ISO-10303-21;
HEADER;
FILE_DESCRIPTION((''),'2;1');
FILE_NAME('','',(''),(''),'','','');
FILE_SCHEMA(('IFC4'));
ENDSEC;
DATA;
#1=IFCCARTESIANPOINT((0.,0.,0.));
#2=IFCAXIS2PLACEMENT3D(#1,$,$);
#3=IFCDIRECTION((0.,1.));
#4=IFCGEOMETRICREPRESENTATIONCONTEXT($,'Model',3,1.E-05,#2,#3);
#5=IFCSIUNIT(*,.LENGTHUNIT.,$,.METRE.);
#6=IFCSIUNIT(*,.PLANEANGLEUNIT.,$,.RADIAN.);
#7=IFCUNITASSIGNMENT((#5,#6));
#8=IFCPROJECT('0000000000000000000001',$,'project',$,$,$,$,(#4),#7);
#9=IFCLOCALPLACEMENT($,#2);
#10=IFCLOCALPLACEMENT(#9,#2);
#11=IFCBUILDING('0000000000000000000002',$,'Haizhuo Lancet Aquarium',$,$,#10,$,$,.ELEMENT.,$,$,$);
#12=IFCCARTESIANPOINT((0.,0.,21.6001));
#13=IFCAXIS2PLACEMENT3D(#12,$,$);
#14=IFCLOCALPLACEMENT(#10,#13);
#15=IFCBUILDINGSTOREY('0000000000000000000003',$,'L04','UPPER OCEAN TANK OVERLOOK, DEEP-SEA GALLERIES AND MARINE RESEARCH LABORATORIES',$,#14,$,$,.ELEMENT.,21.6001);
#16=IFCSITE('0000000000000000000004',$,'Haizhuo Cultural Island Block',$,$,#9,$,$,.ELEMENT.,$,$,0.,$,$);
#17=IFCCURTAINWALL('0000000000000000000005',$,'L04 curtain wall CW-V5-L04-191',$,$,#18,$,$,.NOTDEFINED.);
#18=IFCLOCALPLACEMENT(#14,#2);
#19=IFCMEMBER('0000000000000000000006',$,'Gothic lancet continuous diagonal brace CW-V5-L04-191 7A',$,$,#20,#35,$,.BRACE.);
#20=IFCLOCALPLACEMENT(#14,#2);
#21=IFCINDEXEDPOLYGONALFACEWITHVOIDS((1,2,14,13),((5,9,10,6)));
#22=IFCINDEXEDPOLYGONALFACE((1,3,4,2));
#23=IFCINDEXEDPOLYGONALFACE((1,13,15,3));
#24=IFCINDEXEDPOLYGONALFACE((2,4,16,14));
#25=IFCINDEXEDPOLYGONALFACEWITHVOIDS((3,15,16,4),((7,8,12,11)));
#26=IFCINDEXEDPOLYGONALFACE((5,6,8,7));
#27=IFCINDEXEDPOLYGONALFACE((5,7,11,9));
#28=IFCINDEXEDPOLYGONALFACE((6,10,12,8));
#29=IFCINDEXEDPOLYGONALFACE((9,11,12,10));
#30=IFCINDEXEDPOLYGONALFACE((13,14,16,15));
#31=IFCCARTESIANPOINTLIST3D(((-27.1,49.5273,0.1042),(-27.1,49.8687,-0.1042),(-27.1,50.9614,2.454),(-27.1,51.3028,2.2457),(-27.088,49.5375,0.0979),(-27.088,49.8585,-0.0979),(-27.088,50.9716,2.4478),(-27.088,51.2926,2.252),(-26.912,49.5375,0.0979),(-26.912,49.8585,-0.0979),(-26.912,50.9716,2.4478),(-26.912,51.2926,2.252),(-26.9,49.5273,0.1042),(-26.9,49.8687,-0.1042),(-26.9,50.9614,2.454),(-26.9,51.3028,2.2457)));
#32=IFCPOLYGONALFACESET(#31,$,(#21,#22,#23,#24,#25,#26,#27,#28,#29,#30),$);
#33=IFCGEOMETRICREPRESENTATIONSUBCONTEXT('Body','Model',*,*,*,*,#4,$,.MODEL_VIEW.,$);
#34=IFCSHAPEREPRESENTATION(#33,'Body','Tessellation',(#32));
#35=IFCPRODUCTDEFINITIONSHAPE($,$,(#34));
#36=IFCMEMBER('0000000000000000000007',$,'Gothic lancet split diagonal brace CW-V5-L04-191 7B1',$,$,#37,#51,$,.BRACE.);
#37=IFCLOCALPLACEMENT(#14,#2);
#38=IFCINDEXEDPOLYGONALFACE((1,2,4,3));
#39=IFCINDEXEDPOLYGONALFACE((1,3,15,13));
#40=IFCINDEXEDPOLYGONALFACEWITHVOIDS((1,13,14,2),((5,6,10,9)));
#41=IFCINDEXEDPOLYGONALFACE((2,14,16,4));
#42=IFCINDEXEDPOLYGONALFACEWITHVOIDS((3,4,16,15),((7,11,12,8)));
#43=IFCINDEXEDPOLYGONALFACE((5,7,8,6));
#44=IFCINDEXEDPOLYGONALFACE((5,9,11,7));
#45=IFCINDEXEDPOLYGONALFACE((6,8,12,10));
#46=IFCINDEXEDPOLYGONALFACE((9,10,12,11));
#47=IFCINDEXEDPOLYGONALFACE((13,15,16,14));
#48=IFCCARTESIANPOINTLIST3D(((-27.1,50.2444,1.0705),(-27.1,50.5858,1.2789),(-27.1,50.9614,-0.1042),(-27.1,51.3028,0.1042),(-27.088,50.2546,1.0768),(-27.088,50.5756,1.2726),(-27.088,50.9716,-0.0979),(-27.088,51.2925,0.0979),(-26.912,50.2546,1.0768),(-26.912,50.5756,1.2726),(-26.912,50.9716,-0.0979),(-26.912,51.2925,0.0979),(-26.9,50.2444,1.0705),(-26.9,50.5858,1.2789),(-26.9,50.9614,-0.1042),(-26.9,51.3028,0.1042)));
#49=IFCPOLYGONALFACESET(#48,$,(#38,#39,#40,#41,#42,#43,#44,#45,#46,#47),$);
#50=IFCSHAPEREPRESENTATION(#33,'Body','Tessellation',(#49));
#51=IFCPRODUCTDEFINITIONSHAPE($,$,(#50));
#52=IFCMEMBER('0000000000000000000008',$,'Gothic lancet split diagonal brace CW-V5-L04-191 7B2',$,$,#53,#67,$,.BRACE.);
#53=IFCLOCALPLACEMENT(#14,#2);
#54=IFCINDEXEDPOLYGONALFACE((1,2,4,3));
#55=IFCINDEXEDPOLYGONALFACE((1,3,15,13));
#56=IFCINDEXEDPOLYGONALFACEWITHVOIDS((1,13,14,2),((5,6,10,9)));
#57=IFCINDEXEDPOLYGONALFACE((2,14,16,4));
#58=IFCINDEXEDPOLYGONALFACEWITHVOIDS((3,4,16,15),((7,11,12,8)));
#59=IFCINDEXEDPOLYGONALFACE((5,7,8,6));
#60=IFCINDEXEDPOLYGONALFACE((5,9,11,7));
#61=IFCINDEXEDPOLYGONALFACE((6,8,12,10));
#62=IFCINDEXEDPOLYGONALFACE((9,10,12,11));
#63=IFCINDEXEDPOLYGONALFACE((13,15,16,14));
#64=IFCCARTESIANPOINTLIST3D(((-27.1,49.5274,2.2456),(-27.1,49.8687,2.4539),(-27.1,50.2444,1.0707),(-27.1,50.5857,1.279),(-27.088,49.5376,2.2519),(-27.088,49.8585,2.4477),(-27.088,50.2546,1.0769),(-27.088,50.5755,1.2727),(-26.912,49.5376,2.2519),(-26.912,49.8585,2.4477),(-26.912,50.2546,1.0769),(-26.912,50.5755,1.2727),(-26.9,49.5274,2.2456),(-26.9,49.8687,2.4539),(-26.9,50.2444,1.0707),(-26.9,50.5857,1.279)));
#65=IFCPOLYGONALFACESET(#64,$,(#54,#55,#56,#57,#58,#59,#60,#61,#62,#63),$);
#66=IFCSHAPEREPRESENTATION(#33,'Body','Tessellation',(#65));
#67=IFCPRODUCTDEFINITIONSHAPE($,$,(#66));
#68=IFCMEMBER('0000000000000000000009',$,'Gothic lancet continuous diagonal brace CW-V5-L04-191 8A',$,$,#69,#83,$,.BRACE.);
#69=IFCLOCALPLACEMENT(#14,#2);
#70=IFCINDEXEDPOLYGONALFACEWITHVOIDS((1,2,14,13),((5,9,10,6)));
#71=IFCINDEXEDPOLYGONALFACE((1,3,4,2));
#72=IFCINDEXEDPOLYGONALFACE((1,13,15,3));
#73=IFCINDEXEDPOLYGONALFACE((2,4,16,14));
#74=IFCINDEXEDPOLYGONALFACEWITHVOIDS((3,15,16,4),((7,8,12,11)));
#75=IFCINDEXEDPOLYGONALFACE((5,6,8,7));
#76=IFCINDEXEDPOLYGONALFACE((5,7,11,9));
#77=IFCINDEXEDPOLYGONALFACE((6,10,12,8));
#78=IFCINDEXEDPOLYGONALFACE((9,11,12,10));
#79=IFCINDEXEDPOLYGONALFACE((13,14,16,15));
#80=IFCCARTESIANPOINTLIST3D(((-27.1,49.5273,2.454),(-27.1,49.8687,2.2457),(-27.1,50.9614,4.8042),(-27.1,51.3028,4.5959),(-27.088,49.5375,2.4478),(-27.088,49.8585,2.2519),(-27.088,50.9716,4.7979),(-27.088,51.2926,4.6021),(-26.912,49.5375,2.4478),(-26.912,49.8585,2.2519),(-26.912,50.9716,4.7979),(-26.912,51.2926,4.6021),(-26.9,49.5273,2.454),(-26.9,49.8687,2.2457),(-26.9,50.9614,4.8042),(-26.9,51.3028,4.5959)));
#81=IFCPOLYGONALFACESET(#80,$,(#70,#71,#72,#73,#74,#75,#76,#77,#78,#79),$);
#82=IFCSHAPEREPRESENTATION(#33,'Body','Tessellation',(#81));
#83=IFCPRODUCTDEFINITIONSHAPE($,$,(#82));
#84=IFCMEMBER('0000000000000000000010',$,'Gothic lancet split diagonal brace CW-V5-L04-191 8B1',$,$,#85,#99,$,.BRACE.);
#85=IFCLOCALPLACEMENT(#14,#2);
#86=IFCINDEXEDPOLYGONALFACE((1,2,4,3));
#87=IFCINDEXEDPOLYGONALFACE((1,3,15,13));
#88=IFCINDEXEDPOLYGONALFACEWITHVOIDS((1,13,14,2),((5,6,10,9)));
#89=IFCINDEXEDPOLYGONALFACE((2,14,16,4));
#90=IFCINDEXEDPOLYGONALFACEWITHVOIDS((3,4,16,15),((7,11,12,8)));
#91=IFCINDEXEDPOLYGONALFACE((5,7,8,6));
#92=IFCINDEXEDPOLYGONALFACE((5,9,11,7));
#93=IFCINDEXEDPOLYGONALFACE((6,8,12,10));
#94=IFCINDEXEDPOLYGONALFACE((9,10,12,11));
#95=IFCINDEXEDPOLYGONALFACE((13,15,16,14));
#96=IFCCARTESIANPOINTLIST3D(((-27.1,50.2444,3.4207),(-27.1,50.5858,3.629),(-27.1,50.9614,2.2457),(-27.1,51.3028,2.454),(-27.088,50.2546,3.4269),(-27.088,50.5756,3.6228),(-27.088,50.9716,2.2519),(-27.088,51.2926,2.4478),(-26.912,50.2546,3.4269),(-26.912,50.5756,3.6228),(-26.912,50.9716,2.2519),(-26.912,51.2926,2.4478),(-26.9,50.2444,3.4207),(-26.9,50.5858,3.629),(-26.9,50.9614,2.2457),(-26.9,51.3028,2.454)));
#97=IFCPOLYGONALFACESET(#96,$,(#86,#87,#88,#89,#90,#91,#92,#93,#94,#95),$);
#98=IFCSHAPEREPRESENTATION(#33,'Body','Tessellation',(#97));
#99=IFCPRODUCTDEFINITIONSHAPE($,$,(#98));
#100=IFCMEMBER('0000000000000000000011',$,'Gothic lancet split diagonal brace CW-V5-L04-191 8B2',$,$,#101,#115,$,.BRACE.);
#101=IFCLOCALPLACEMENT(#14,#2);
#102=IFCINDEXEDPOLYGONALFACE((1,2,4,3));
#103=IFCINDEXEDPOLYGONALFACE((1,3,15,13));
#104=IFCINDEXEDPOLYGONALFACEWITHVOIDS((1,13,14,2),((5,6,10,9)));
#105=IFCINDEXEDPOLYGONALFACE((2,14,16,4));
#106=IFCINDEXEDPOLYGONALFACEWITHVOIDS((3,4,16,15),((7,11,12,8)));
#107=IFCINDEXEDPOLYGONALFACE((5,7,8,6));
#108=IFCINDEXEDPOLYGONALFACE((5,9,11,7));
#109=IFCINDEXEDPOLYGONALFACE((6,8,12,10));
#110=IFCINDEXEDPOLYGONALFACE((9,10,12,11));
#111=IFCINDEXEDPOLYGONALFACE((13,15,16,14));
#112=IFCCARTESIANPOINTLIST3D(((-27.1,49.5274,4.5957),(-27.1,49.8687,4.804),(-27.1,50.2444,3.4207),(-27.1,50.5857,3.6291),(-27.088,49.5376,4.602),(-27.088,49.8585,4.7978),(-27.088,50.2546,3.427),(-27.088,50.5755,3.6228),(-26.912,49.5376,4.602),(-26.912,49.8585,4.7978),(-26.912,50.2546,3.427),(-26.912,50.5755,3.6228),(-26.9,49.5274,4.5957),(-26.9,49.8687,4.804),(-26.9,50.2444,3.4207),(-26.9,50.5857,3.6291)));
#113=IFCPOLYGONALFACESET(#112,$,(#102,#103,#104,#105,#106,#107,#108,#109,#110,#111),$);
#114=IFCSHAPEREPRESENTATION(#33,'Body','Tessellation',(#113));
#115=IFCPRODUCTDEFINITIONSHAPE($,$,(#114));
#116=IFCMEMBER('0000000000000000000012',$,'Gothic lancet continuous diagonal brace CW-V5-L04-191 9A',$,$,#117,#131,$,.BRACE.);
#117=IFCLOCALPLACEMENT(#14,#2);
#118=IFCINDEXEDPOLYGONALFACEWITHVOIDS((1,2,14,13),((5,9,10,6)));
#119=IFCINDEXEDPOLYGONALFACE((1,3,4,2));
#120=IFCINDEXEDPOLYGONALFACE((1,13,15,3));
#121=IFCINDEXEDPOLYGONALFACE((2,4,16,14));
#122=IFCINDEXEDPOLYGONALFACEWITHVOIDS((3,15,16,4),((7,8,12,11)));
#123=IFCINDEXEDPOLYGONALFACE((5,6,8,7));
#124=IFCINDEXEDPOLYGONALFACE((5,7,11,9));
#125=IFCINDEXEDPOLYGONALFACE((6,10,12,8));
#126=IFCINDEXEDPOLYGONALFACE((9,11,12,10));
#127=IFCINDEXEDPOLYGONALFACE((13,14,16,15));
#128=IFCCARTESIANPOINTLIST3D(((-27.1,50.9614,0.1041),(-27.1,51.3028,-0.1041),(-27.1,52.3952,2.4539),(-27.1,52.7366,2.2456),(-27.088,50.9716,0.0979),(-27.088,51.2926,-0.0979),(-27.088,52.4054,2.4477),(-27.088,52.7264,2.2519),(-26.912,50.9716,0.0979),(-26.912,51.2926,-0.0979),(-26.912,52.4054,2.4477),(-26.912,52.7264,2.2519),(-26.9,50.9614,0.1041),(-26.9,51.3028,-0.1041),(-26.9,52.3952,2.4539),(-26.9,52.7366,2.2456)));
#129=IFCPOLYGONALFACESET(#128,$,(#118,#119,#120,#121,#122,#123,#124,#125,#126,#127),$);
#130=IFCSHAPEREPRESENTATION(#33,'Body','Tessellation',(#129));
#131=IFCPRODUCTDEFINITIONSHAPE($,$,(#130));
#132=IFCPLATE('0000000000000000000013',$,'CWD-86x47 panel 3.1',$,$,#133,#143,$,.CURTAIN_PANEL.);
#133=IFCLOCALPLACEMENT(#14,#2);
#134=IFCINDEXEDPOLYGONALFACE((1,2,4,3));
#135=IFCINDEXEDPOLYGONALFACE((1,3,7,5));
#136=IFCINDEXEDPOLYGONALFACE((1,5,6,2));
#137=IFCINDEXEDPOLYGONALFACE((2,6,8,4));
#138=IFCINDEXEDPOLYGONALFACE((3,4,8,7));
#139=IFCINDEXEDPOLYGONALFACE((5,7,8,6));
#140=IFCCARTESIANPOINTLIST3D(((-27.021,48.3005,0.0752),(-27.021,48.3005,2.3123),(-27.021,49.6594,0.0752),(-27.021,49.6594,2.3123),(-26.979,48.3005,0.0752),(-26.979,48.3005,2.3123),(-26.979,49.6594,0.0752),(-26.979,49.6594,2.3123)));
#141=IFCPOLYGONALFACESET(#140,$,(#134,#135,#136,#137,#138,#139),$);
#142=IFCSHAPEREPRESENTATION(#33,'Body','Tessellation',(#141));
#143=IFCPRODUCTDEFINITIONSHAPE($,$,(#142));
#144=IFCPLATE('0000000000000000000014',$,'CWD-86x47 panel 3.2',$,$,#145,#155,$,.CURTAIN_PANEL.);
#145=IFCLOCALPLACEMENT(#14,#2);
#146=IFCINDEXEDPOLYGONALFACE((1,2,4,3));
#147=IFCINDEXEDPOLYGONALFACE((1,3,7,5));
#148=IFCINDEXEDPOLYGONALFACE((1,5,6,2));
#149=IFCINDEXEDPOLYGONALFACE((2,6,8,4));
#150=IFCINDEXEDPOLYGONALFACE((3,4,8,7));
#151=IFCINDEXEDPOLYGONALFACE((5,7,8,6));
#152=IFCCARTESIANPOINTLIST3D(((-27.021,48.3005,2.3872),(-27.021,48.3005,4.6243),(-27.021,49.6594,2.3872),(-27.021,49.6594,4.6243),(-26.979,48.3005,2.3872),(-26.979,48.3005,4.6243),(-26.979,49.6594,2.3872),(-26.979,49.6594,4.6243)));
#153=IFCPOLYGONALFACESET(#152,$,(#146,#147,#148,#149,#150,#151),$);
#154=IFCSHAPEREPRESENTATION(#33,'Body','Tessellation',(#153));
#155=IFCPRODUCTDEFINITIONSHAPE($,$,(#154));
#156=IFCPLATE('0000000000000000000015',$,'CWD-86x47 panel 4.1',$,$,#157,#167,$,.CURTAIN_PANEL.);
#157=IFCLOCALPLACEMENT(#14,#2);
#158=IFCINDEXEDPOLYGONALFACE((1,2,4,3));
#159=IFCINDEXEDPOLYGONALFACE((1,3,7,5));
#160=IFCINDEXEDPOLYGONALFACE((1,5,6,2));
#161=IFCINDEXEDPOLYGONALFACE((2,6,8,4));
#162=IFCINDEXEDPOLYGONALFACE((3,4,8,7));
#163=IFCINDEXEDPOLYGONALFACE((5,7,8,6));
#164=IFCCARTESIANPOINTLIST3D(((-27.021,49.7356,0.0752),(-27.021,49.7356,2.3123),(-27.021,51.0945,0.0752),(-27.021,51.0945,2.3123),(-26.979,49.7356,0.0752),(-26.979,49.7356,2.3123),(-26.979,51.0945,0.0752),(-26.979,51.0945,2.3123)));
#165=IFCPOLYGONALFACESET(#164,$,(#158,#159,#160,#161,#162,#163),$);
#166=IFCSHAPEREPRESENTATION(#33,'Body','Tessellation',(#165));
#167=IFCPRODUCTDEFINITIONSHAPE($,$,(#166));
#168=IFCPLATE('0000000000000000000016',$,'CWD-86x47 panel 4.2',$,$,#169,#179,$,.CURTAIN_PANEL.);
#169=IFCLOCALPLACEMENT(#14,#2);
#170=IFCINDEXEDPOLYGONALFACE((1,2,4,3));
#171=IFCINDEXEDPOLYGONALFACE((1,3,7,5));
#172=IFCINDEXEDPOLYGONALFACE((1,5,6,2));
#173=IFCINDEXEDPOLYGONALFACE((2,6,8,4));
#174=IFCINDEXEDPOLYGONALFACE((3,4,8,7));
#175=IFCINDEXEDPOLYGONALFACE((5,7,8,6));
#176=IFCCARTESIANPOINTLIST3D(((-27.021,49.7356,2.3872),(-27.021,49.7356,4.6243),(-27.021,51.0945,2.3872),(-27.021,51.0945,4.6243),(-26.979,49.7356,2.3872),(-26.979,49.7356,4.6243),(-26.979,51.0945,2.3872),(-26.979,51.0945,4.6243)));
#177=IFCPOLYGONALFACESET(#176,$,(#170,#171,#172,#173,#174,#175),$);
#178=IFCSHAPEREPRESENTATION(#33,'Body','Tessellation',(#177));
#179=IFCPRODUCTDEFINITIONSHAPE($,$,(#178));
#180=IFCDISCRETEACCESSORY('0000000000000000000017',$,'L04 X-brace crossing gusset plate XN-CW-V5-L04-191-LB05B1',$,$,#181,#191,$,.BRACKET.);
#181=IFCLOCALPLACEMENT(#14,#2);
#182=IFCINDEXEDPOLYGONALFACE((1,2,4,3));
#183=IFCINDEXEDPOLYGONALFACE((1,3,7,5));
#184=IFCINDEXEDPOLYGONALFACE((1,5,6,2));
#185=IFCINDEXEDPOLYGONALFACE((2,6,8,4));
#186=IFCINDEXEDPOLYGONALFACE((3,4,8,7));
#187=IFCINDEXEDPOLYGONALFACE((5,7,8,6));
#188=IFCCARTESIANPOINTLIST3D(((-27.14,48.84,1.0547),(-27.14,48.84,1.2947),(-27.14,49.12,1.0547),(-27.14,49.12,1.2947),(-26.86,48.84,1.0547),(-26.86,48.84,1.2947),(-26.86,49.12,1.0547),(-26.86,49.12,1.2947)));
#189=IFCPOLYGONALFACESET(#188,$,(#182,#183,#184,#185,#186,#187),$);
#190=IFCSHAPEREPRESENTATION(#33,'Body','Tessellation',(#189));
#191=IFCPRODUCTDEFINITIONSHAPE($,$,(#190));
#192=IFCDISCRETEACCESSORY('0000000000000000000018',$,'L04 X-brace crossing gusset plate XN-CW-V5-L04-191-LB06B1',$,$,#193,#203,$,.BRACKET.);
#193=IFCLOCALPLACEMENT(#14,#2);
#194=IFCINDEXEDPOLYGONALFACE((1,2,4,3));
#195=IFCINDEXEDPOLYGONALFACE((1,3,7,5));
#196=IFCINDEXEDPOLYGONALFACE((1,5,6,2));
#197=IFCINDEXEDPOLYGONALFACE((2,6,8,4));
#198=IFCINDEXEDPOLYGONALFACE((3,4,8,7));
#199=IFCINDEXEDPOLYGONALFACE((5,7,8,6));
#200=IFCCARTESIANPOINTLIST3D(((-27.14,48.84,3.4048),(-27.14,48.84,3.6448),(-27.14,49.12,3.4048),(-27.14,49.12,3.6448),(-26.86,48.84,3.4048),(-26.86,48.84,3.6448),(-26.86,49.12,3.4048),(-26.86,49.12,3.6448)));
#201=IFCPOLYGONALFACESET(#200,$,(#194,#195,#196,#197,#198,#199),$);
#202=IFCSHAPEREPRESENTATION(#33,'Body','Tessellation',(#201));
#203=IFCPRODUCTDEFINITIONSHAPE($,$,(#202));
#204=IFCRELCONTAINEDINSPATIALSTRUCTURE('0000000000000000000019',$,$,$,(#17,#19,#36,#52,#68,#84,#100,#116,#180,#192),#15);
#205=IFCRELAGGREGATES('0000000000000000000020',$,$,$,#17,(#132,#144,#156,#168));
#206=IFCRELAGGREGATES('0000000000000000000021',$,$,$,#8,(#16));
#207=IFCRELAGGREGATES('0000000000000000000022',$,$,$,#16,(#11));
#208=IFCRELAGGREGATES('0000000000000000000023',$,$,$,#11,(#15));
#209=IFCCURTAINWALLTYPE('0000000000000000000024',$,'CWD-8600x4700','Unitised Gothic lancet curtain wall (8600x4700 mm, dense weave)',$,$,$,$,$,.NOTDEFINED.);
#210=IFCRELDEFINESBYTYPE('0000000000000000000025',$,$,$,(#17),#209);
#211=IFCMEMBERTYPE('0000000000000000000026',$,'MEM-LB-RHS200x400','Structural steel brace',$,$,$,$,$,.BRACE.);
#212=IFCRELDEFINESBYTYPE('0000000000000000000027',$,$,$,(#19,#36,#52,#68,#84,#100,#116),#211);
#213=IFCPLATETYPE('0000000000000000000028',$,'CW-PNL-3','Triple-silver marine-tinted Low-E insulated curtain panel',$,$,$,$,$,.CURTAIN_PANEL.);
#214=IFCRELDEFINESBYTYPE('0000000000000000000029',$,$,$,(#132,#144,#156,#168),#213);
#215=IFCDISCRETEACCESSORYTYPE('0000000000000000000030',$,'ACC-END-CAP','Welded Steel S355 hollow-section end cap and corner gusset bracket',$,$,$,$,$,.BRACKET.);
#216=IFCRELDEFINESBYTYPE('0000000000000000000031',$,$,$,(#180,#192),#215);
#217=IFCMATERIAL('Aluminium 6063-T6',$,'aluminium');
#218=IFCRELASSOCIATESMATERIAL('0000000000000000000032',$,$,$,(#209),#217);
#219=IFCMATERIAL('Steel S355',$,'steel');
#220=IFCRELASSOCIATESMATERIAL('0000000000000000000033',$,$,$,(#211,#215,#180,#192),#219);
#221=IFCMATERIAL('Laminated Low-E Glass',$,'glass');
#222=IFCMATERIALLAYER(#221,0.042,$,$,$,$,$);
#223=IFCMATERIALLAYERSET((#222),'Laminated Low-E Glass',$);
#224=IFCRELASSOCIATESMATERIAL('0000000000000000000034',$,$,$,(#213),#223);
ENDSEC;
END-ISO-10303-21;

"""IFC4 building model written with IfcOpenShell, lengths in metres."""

from ifc_helpers import new_model, si_unit, direction, frame, origin, origin_2d, place, context, subcontext, project, spatial, rectangle, hollow_rectangle, extrude, material, layer, layer_set, material_profile, profile_set, type_object, element, aggregate, save


model = new_model("IFC4")

# Units and contexts
model_context = context("Model", 3, precision=1e-05, world=origin(), true_north=direction((0.0, 1.0)))
body_context = subcontext(model_context, "Body", "Model", "MODEL_VIEW")
ifc_project = project(units=[si_unit("LENGTHUNIT", "METRE"), si_unit("PLANEANGLEUNIT", "RADIAN")], contexts=[model_context])

# Site, building, storey
site_placement = place(None, origin())
site = spatial("IfcSite", under=ifc_project, at=site_placement, Name="Haizhuo Cultural Island Block", CompositionType="ELEMENT", RefElevation=0.0)
building_placement = place(site_placement, origin())
building = spatial("IfcBuilding", under=site, at=building_placement, Name="Haizhuo Lancet Aquarium", CompositionType="ELEMENT")
storey_placement = place(building_placement, frame((0.0, 0.0, 21.6001)))
storey = spatial("IfcBuildingStorey", under=building, at=storey_placement, Name="L04", Description="UPPER OCEAN TANK OVERLOOK, DEEP-SEA GALLERIES AND MARINE RESEARCH LABORATORIES", CompositionType="ELEMENT", Elevation=21.6001)

# Curtain wall
ifc_material_1 = material(Name="Aluminium 6063-T6", Category="aluminium")
curtain_wall_type = type_object("IfcCurtainWallType", Name="CWD-8600x4700", Description="Unitised Gothic lancet curtain wall (8600x4700 mm, dense weave)", PredefinedType="NOTDEFINED", material=ifc_material_1)
curtain_wall_placement = place(storey_placement, origin())
curtain_wall = element("IfcCurtainWall", 1, at=curtain_wall_placement, inside=storey, type_object=curtain_wall_type, Name="L04 curtain wall CW-V5-L04-191", PredefinedType="NOTDEFINED")

# Members
ifc_material_2 = material(Name="Steel S355", Category="steel")
ifc_material_profile_1 = material_profile(ifc_material_2, hollow_rectangle(XDim=0.2, YDim=0.3999, WallThickness=0.012, at=origin_2d()), Name="RHS 200x400x12")
ifc_profile_set_1 = profile_set([ifc_material_profile_1], Name="Steel S355")
member_type_1 = type_object("IfcMemberType", Name="MEM-LB-RHS200x400", Description="Structural steel brace", PredefinedType="BRACE", material=ifc_profile_set_1)
member_1_placement = place(storey_placement, frame((-27.0, 49.698, 0.0), z_axis=(0.0, 0.520937, 0.853595), x_axis=(-1.0, 0.0, 0.0)))
element("IfcMember", 2, at=member_1_placement, inside=storey, type_object=member_type_1, Name="Gothic lancet continuous diagonal brace CW-V5-L04-191 7A", PredefinedType="BRACE", context=body_context, shape_type="SweptSolid", body=[
    extrude(hollow_rectangle(XDim=0.2, YDim=0.3999, WallThickness=0.012, at=origin_2d()), origin(), (0.0, 0.0, 1.0), 2.7529),
])
member_2_placement = place(storey_placement, frame((-27.0, 51.1321, 0.0), z_axis=(0.0, -0.520976, 0.853571), x_axis=(1.0, 0.0, 0.0)))
element("IfcMember", 3, at=member_2_placement, inside=storey, type_object=member_type_1, Name="Gothic lancet split diagonal brace CW-V5-L04-191 7B1", PredefinedType="BRACE", context=body_context, shape_type="SweptSolid", body=[
    extrude(hollow_rectangle(XDim=0.2, YDim=0.3999, WallThickness=0.012, at=origin_2d()), origin(), (0.0, 0.0, 1.0), 1.3762),
])
member_3_placement = place(storey_placement, frame((-27.0, 50.415, 1.1748), z_axis=(0.0, -0.520898, 0.853619), x_axis=(1.0, 0.0, 0.0)))
element("IfcMember", 4, at=member_3_placement, inside=storey, type_object=member_type_1, Name="Gothic lancet split diagonal brace CW-V5-L04-191 7B2", PredefinedType="BRACE", context=body_context, shape_type="SweptSolid", body=[
    extrude(hollow_rectangle(XDim=0.2, YDim=0.3999, WallThickness=0.012, at=origin_2d()), origin(), (0.0, 0.0, 1.0), 1.3765),
])
member_4_placement = place(storey_placement, frame((-27.0, 49.698, 2.3499), z_axis=(0.0, 0.520898, 0.853619), x_axis=(-1.0, 0.0, 0.0)))
element("IfcMember", 5, at=member_4_placement, inside=storey, type_object=member_type_1, Name="Gothic lancet continuous diagonal brace CW-V5-L04-191 8A", PredefinedType="BRACE", context=body_context, shape_type="SweptSolid", body=[
    extrude(hollow_rectangle(XDim=0.2, YDim=0.3999, WallThickness=0.012, at=origin_2d()), origin(), (0.0, 0.0, 1.0), 2.7532),
])
for number, where, z_axis, x_axis, name in (
    (6, (-27.0, 51.1321, 2.3499), (0.0, -0.520898, 0.853619), (1.0, 0.0, 0.0), "Gothic lancet split diagonal brace CW-V5-L04-191 8B1"),
    (7, (-27.0, 50.415, 3.5249), (0.0, -0.520898, 0.853619), (1.0, 0.0, 0.0), "Gothic lancet split diagonal brace CW-V5-L04-191 8B2"),
):
    element("IfcMember", number, at=place(storey_placement, frame(where, z_axis=z_axis, x_axis=x_axis)), inside=storey, type_object=member_type_1, Name=name, PredefinedType="BRACE", context=body_context, shape_type="SweptSolid", body=[
        extrude(hollow_rectangle(XDim=0.2, YDim=0.3999, WallThickness=0.012, at=origin_2d()), origin(), (0.0, 0.0, 1.0), 1.3765),
    ])
member_5_placement = place(storey_placement, frame((-27.0, 51.1321, 0.0), z_axis=(0.0, 0.520872, 0.853635), x_axis=(-1.0, 0.0, 0.0)))
element("IfcMember", 8, at=member_5_placement, inside=storey, type_object=member_type_1, Name="Gothic lancet continuous diagonal brace CW-V5-L04-191 9A", PredefinedType="BRACE", context=body_context, shape_type="SweptSolid", body=[
    extrude(hollow_rectangle(XDim=0.2, YDim=0.3999, WallThickness=0.012, at=origin_2d()), origin(), (0.0, 0.0, 1.0), 2.7527),
])

# Plates
ifc_material_3 = material(Name="Laminated Low-E Glass", Category="glass")
ifc_layer = layer(ifc_material_3, 0.042)
ifc_layer_set = layer_set([ifc_layer], Name="Laminated Low-E Glass")
plate_type = type_object("IfcPlateType", Name="CW-PNL-3", Description="Triple-silver marine-tinted Low-E insulated curtain panel", PredefinedType="CURTAIN_PANEL", material=ifc_layer_set)
plate_1_placement = place(storey_placement, frame((-27.0, 48.98, 0.0752), z_axis=(0.0, 0.0, 1.0), x_axis=(0.0, 1.0, 0.0)))
plate_1 = element("IfcPlate", 9, at=plate_1_placement, type_object=plate_type, Name="CWD-86x47 panel 3.1", PredefinedType="CURTAIN_PANEL", context=body_context, shape_type="SweptSolid", body=[
    extrude(rectangle(XDim=1.3589, YDim=0.042, at=origin_2d()), origin(), (0.0, 0.0, 1.0), 2.2371),
])
plate_2_placement = place(storey_placement, frame((-27.0, 48.98, 2.3872), z_axis=(0.0, 0.0, 1.0), x_axis=(0.0, 1.0, 0.0)))
plate_2 = element("IfcPlate", 10, at=plate_2_placement, type_object=plate_type, Name="CWD-86x47 panel 3.2", PredefinedType="CURTAIN_PANEL", context=body_context, shape_type="SweptSolid", body=[
    extrude(rectangle(XDim=1.3589, YDim=0.042, at=origin_2d()), origin(), (0.0, 0.0, 1.0), 2.2371),
])
plate_3_placement = place(storey_placement, frame((-27.0, 50.415, 0.0752), z_axis=(0.0, 0.0, 1.0), x_axis=(0.0, 1.0, 0.0)))
plate_3 = element("IfcPlate", 11, at=plate_3_placement, type_object=plate_type, Name="CWD-86x47 panel 4.1", PredefinedType="CURTAIN_PANEL", context=body_context, shape_type="SweptSolid", body=[
    extrude(rectangle(XDim=1.3589, YDim=0.042, at=origin_2d()), origin(), (0.0, 0.0, 1.0), 2.2371),
])
plate_4_placement = place(storey_placement, frame((-27.0, 50.415, 2.3872), z_axis=(0.0, 0.0, 1.0), x_axis=(0.0, 1.0, 0.0)))
plate_4 = element("IfcPlate", 12, at=plate_4_placement, type_object=plate_type, Name="CWD-86x47 panel 4.2", PredefinedType="CURTAIN_PANEL", context=body_context, shape_type="SweptSolid", body=[
    extrude(rectangle(XDim=1.3589, YDim=0.042, at=origin_2d()), origin(), (0.0, 0.0, 1.0), 2.2371),
])
aggregate(curtain_wall, [plate_1, plate_2, plate_3, plate_4])

# Discrete accessories
discrete_accessory_type = type_object("IfcDiscreteAccessoryType", Name="ACC-END-CAP", Description="Welded Steel S355 hollow-section end cap and corner gusset bracket", PredefinedType="BRACKET", material=ifc_material_2)
for number, where, z_axis, x_axis, name in (
    (13, (-27.0, 48.98, 1.0547), (0.0, 0.0, 1.0), (1.0, 0.0, 0.0), "L04 X-brace crossing gusset plate XN-CW-V5-L04-191-LB05B1"),
    (14, (-27.0, 48.98, 3.4048), (0.0, 0.0, 1.0), (1.0, 0.0, 0.0), "L04 X-brace crossing gusset plate XN-CW-V5-L04-191-LB06B1"),
):
    element("IfcDiscreteAccessory", number, at=place(storey_placement, frame(where, z_axis=z_axis, x_axis=x_axis)), inside=storey, type_object=discrete_accessory_type, material=ifc_material_2, Name=name, PredefinedType="BRACKET", context=body_context, shape_type="SweptSolid", body=[
        extrude(rectangle(XDim=0.28, YDim=0.28, at=origin_2d()), origin(), (0.0, 0.0, 1.0), 0.24),
    ])

save(model, "model.ifc")
